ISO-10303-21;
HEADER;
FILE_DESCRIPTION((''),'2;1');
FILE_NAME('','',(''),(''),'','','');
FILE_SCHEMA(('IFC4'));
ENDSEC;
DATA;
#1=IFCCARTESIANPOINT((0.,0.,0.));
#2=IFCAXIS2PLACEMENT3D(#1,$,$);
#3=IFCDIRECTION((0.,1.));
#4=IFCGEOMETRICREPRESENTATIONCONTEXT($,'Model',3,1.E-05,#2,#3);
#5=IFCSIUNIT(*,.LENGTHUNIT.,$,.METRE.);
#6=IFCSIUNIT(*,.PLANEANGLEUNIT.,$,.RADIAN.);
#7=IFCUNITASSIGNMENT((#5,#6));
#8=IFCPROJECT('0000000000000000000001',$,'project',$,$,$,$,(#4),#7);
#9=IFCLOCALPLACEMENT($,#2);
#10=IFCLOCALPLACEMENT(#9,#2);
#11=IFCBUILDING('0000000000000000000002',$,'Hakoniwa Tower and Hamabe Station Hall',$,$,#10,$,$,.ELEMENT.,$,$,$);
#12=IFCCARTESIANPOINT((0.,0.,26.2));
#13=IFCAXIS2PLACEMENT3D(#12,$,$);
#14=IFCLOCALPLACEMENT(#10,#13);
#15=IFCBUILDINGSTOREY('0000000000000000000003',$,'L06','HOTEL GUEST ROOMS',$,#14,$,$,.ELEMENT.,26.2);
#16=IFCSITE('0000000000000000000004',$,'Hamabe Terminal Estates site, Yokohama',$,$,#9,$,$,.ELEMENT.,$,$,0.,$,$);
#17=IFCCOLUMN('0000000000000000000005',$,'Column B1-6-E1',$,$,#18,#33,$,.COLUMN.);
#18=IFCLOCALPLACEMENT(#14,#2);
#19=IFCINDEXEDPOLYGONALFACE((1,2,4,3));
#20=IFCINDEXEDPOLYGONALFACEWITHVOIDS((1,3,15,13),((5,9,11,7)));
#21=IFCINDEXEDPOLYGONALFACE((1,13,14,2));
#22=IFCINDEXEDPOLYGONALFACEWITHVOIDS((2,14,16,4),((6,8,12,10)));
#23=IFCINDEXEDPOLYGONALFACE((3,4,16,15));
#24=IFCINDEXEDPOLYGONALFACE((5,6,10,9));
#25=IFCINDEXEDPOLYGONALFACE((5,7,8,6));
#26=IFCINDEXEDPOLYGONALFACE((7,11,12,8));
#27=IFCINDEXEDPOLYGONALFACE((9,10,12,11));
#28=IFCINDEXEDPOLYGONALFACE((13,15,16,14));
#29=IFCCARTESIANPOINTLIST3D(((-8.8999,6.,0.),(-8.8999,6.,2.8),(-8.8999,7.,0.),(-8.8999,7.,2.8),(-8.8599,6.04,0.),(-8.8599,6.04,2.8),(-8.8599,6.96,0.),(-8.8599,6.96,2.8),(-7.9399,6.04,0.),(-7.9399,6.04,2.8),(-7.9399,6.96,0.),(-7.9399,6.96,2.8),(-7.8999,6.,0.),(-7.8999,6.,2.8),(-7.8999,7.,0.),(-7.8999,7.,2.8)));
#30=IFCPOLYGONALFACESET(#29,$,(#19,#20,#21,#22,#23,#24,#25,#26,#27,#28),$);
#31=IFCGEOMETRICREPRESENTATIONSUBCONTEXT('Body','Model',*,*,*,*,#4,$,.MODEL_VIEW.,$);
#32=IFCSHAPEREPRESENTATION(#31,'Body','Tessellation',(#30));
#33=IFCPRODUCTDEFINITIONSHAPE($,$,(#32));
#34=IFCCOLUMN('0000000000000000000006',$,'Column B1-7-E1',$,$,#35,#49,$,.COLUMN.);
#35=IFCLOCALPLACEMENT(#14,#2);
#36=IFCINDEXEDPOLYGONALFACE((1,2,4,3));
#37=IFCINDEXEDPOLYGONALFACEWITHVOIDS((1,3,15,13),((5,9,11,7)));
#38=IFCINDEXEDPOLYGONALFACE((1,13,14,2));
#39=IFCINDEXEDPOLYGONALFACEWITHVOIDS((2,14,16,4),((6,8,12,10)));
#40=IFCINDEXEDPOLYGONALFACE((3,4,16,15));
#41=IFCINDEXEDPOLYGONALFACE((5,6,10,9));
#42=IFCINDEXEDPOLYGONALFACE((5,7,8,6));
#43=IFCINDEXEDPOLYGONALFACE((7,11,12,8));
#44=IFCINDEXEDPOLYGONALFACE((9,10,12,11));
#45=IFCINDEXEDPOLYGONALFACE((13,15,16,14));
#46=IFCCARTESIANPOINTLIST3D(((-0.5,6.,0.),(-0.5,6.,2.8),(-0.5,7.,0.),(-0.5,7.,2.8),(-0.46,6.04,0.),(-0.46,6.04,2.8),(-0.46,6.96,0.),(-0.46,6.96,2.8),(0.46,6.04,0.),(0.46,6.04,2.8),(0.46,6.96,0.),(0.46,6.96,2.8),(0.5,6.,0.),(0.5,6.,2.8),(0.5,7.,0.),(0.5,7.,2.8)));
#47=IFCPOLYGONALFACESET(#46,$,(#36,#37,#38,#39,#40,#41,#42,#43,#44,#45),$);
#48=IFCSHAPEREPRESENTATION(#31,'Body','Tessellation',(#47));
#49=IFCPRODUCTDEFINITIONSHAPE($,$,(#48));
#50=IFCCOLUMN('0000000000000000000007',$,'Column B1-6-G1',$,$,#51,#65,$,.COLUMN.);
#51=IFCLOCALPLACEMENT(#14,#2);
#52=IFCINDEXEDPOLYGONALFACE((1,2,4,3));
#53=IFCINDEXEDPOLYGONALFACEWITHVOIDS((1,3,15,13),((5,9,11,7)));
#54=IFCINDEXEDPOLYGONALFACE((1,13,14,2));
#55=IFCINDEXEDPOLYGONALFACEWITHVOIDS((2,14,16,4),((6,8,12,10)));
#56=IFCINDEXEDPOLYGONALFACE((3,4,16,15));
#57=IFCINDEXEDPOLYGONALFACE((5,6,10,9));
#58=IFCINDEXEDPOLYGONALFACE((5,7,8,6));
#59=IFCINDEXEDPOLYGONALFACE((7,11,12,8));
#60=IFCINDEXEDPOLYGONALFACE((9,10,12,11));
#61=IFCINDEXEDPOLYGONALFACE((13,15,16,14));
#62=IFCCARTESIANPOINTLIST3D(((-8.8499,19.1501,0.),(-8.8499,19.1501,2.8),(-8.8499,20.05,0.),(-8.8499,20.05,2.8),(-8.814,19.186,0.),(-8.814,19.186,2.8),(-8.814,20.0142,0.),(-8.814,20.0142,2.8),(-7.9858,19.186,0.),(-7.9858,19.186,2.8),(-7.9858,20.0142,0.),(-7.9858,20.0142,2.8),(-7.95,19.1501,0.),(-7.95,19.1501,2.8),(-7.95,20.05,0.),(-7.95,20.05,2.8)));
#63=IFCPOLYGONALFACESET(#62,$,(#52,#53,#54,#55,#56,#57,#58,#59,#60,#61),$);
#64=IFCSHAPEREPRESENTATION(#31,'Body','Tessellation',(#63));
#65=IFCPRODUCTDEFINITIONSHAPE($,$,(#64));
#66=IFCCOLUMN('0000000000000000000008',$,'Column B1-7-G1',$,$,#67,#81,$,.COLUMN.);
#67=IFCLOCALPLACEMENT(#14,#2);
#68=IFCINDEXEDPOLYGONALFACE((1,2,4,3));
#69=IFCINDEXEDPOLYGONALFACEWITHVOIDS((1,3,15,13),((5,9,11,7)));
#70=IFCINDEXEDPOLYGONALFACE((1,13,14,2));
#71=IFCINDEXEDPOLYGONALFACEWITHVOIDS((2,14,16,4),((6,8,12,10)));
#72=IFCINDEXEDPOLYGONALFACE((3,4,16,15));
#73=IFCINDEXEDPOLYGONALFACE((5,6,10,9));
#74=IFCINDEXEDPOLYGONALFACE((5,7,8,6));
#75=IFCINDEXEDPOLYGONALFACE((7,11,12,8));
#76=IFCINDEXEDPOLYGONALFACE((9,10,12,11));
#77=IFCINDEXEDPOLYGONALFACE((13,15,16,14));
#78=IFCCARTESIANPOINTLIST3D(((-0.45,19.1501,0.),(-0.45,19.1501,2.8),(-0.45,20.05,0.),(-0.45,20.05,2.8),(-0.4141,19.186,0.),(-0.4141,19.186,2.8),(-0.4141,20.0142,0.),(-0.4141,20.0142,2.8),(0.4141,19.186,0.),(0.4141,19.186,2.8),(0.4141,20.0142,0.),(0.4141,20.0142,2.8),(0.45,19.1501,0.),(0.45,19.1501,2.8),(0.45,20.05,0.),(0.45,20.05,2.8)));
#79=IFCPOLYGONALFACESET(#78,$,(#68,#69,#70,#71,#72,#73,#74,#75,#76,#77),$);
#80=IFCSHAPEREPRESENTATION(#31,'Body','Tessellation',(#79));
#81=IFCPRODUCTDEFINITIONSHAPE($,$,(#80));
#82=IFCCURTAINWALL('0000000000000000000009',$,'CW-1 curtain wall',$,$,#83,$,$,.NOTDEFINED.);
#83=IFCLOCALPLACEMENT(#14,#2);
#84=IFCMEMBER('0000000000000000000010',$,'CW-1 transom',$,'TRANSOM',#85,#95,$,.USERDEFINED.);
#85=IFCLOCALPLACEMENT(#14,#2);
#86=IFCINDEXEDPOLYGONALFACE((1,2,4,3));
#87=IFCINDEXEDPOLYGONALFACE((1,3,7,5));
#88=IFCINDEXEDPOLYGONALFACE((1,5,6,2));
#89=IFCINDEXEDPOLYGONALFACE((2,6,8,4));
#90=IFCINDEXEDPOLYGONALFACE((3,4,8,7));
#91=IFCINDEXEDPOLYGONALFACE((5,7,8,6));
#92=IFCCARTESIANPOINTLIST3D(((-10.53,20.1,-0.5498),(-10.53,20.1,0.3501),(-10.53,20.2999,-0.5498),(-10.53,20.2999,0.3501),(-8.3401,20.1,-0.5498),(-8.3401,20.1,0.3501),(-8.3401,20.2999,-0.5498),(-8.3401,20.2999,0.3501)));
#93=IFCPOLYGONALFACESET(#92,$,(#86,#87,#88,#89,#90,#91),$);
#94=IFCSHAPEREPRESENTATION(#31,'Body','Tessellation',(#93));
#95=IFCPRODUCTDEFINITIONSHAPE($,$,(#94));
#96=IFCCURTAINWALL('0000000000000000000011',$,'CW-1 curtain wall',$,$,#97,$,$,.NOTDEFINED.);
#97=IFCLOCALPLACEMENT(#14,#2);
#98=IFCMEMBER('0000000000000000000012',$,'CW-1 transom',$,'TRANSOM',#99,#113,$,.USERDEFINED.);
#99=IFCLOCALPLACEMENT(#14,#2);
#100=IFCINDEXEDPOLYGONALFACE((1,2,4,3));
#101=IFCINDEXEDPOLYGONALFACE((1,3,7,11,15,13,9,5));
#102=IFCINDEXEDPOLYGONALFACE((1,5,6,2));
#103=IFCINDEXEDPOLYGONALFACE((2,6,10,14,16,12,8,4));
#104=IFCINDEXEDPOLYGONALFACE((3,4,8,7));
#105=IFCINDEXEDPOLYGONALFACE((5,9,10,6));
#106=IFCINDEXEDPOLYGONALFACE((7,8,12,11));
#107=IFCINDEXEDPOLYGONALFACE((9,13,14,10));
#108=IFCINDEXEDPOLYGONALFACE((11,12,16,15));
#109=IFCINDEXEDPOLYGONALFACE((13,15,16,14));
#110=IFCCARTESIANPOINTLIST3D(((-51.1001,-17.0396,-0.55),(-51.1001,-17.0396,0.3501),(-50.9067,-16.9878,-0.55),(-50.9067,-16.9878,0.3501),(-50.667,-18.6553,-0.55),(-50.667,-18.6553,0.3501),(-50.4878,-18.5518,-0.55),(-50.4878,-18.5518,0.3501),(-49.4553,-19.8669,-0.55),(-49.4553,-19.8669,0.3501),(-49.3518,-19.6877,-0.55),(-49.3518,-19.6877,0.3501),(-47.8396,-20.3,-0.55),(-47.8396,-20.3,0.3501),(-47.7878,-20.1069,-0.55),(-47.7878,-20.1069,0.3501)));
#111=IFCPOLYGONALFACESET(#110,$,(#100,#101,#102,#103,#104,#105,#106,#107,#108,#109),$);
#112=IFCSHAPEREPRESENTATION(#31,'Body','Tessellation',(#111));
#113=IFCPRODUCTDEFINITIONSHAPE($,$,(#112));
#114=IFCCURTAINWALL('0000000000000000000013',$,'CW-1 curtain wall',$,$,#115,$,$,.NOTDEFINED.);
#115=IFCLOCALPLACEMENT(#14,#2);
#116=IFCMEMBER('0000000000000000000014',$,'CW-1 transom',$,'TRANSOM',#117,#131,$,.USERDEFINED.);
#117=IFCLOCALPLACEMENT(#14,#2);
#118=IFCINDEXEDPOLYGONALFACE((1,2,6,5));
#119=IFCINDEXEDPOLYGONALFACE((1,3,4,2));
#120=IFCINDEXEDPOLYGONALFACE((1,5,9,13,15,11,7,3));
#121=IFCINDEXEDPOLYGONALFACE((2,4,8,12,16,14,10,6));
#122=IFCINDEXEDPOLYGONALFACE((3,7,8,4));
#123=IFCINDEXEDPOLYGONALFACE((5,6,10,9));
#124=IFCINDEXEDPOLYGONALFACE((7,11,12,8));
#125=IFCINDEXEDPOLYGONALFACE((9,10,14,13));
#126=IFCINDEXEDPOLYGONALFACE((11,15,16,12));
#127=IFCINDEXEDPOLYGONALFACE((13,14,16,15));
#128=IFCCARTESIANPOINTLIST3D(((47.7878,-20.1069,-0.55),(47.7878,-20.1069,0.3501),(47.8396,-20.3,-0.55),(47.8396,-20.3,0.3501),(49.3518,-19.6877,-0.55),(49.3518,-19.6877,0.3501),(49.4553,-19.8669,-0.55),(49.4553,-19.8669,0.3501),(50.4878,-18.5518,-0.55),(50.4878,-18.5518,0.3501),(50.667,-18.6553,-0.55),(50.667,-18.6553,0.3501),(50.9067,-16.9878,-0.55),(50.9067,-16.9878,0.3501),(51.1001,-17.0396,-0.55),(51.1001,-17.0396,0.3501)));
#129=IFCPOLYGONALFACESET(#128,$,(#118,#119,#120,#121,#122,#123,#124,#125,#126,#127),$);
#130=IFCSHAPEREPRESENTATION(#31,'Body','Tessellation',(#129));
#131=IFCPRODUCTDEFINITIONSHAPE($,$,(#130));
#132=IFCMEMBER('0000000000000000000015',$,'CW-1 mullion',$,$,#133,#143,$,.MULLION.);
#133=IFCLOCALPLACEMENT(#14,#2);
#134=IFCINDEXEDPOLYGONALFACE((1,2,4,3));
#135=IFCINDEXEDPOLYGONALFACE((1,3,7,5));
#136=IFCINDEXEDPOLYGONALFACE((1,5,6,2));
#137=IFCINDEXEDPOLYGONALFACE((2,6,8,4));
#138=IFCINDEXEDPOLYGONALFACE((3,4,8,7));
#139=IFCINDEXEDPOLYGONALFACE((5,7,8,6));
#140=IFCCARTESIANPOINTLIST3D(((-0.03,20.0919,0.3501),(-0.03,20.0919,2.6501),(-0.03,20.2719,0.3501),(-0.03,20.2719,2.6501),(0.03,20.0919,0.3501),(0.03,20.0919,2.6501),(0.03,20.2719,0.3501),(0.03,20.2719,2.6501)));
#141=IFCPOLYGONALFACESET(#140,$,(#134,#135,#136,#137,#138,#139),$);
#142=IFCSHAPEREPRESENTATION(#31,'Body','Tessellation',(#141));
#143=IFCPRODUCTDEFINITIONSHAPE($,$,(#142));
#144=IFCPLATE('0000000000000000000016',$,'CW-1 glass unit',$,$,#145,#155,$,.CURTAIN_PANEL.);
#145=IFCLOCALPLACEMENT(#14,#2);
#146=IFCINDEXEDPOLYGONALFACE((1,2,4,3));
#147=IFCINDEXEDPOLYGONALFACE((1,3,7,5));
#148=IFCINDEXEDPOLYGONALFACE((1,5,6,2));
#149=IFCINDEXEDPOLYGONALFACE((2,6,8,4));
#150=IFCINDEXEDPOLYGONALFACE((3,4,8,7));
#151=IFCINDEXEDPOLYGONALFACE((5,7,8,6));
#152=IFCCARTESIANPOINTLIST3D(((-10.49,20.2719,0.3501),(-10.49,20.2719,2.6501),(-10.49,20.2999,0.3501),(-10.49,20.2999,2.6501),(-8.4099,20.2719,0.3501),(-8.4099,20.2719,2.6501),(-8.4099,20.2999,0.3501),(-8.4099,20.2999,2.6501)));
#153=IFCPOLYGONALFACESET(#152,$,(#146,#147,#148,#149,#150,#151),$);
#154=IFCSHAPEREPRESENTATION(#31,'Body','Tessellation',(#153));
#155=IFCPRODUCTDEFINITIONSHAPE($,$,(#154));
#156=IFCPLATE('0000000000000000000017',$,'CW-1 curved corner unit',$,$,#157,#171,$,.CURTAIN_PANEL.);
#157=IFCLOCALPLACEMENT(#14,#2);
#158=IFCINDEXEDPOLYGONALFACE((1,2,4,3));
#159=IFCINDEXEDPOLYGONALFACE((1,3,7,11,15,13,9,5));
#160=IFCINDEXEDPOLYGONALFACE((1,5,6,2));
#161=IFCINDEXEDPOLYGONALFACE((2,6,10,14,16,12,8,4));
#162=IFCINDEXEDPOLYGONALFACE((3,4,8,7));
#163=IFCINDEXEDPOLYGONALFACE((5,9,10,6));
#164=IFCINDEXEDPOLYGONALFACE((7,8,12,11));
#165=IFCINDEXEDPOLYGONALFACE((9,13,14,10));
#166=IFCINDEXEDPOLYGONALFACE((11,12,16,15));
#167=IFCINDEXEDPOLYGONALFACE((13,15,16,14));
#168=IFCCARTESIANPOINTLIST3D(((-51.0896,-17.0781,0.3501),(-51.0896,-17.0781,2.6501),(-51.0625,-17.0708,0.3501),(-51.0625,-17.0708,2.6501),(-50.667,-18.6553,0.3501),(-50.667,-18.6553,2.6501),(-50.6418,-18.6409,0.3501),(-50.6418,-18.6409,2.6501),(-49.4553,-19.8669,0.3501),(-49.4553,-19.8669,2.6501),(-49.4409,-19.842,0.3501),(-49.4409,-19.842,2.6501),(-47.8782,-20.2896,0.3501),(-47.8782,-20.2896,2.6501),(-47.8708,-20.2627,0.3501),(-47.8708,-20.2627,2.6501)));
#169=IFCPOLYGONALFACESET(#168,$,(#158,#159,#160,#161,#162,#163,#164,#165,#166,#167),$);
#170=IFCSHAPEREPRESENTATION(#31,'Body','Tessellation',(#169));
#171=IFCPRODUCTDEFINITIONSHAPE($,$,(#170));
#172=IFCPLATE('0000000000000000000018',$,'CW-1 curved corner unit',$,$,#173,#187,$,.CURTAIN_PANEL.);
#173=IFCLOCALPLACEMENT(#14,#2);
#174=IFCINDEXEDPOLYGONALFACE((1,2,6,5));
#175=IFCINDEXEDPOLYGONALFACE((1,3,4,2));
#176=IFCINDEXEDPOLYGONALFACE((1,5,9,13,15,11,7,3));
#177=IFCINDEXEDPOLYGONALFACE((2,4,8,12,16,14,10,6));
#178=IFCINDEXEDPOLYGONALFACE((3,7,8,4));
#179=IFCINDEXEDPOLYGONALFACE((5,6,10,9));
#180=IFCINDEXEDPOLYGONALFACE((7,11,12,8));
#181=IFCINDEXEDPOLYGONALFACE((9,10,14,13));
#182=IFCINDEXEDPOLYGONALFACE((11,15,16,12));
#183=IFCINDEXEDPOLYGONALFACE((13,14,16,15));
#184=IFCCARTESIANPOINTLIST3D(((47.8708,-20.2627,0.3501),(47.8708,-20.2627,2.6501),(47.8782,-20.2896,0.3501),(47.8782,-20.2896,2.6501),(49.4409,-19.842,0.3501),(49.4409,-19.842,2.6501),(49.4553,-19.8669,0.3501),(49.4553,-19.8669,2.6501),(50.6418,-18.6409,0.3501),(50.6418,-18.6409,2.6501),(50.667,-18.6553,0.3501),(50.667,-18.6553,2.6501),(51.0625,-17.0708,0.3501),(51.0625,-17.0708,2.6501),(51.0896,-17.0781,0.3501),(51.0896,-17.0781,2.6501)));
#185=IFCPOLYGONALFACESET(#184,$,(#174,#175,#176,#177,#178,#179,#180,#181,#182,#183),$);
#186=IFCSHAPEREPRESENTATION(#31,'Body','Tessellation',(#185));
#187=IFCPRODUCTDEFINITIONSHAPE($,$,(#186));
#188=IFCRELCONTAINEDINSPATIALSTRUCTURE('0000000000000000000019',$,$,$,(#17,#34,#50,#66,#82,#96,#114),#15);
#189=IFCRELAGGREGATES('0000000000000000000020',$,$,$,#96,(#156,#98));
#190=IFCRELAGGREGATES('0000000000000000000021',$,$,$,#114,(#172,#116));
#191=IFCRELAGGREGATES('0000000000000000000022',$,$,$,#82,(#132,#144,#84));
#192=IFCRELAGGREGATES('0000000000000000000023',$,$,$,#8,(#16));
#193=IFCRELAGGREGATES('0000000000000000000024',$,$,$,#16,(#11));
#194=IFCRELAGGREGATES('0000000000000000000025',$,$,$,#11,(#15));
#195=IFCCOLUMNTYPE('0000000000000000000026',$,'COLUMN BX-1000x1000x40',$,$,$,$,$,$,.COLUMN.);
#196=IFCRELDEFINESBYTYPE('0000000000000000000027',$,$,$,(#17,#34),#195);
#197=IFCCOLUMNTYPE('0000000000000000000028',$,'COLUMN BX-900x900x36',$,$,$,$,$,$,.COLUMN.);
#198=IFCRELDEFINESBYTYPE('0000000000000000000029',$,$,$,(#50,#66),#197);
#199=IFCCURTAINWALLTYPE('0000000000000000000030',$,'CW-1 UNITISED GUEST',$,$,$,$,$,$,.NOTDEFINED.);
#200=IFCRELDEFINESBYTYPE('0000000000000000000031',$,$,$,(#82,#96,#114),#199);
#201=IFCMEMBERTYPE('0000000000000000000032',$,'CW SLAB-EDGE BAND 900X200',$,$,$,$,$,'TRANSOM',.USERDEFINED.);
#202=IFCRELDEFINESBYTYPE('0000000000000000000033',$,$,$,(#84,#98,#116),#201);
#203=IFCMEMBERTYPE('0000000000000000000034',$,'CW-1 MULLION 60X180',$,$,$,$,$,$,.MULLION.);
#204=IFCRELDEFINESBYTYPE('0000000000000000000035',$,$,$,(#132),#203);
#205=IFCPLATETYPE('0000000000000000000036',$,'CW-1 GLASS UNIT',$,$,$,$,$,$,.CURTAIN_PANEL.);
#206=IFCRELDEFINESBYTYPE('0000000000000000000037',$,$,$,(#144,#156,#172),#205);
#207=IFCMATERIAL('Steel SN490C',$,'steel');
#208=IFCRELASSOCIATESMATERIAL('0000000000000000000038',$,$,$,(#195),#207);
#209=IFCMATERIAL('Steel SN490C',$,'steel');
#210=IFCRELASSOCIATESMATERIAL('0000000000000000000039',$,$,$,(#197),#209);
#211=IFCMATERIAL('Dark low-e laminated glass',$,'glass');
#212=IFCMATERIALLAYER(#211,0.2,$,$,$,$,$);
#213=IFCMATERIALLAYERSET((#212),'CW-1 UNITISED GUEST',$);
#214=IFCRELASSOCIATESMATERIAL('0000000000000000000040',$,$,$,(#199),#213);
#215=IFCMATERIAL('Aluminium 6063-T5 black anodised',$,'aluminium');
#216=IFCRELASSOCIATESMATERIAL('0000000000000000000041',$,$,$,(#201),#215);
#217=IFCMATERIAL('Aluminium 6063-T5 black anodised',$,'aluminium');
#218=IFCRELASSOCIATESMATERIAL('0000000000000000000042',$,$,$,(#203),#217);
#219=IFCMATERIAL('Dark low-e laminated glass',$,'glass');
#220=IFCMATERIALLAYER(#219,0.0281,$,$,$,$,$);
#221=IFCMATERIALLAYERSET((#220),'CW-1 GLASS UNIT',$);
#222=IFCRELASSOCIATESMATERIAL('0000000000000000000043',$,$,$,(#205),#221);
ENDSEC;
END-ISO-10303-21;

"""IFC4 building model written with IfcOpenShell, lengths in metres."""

from ifc_helpers import new_model, si_unit, direction, frame, origin, origin_2d, place, context, subcontext, project, spatial, polyline, rectangle, hollow_rectangle, outline, extrude, material, layer, layer_set, material_profile, profile_set, type_object, element, aggregate, save


model = new_model("IFC4")

# Units and contexts
model_context = context("Model", 3, precision=1e-05, world=origin(), true_north=direction((0.0, 1.0)))
body_context = subcontext(model_context, "Body", "Model", "MODEL_VIEW")
ifc_project = project(units=[si_unit("LENGTHUNIT", "METRE"), si_unit("PLANEANGLEUNIT", "RADIAN")], contexts=[model_context])

# Site, building, storey
site_placement = place(None, origin())
site = spatial("IfcSite", under=ifc_project, at=site_placement, Name="Hamabe Terminal Estates site, Yokohama", CompositionType="ELEMENT", RefElevation=0.0)
building_placement = place(site_placement, origin())
building = spatial("IfcBuilding", under=site, at=building_placement, Name="Hakoniwa Tower and Hamabe Station Hall", CompositionType="ELEMENT")
storey_placement = place(building_placement, frame((0.0, 0.0, 26.2)))
storey = spatial("IfcBuildingStorey", under=building, at=storey_placement, Name="L06", Description="HOTEL GUEST ROOMS", CompositionType="ELEMENT", Elevation=26.2)

# Columns
ifc_material_1 = material(Name="Steel SN490C", Category="steel")
ifc_material_profile_1 = material_profile(ifc_material_1, hollow_rectangle(XDim=1.0, YDim=1.0, WallThickness=0.04, at=origin_2d()), Name="BX-1000x1000x40")
ifc_profile_set_1 = profile_set([ifc_material_profile_1], Name="Steel SN490C")
column_type_1 = type_object("IfcColumnType", Name="COLUMN BX-1000x1000x40", PredefinedType="COLUMN", material=ifc_profile_set_1)
for number, where, z_axis, x_axis, name in (
    (1, (-8.3999, 6.5, 0.0), (0.0, 0.0, 1.0), (1.0, 0.0, 0.0), "Column B1-6-E1"),
    (2, (0.0, 6.5, 0.0), (0.0, 0.0, 1.0), (1.0, 0.0, 0.0), "Column B1-7-E1"),
):
    element("IfcColumn", number, at=place(storey_placement, frame(where, z_axis=z_axis, x_axis=x_axis)), inside=storey, type_object=column_type_1, Name=name, PredefinedType="COLUMN", context=body_context, shape_type="SweptSolid", body=[
        extrude(hollow_rectangle(XDim=1.0, YDim=1.0, WallThickness=0.04, at=origin_2d()), origin(), (0.0, 0.0, 1.0), 2.8),
    ])
ifc_material_2 = material(Name="Steel SN490C", Category="steel")
ifc_material_profile_2 = material_profile(ifc_material_2, hollow_rectangle(XDim=0.8999, YDim=0.8999, WallThickness=0.0359, at=origin_2d()), Name="BX-900x900x36")
ifc_profile_set_2 = profile_set([ifc_material_profile_2], Name="Steel SN490C")
column_type_2 = type_object("IfcColumnType", Name="COLUMN BX-900x900x36", PredefinedType="COLUMN", material=ifc_profile_set_2)
for number, where, z_axis, x_axis, name in (
    (3, (-8.3999, 19.6001, 0.0), (0.0, 0.0, 1.0), (1.0, 0.0, 0.0), "Column B1-6-G1"),
    (4, (0.0, 19.6001, 0.0), (0.0, 0.0, 1.0), (1.0, 0.0, 0.0), "Column B1-7-G1"),
):
    element("IfcColumn", number, at=place(storey_placement, frame(where, z_axis=z_axis, x_axis=x_axis)), inside=storey, type_object=column_type_2, Name=name, PredefinedType="COLUMN", context=body_context, shape_type="SweptSolid", body=[
        extrude(hollow_rectangle(XDim=0.8999, YDim=0.8999, WallThickness=0.0359, at=origin_2d()), origin(), (0.0, 0.0, 1.0), 2.8),
    ])

# Curtain walls, members
ifc_material_3 = material(Name="Dark low-e laminated glass", Category="glass")
ifc_layer_1 = layer(ifc_material_3, 0.2)
ifc_layer_set_1 = layer_set([ifc_layer_1], Name="CW-1 UNITISED GUEST")
curtain_wall_type = type_object("IfcCurtainWallType", Name="CW-1 UNITISED GUEST", PredefinedType="NOTDEFINED", material=ifc_layer_set_1)
curtain_wall_1_placement = place(storey_placement, origin())
curtain_wall_1 = element("IfcCurtainWall", 5, at=curtain_wall_1_placement, inside=storey, type_object=curtain_wall_type, Name="CW-1 curtain wall", PredefinedType="NOTDEFINED")
ifc_material_4 = material(Name="Aluminium 6063-T5 black anodised", Category="aluminium")
ifc_material_profile_3 = material_profile(ifc_material_4, rectangle(XDim=0.2, YDim=0.8999, at=origin_2d()), Name="CW SLAB-EDGE BAND 900X200")
ifc_profile_set_3 = profile_set([ifc_material_profile_3], Name="Aluminium 6063-T5 black anodised")
member_type_1 = type_object("IfcMemberType", Name="CW SLAB-EDGE BAND 900X200", ElementType="TRANSOM", PredefinedType="USERDEFINED", material=ifc_profile_set_3)
member_1_placement = place(storey_placement, frame((-8.3401, 20.2, -0.0999), z_axis=(-1.0, 0.0, 0.0), x_axis=(0.0, -1.0, 0.0)))
member_1 = element("IfcMember", 6, at=member_1_placement, type_object=member_type_1, Name="CW-1 transom", ObjectType="TRANSOM", PredefinedType="USERDEFINED", context=body_context, shape_type="SweptSolid", body=[
    extrude(rectangle(XDim=0.2, YDim=0.8999, at=origin_2d()), origin(), (0.0, 0.0, 1.0), 2.1899),
])
curtain_wall_2_placement = place(storey_placement, origin())
curtain_wall_2 = element("IfcCurtainWall", 7, at=curtain_wall_2_placement, inside=storey, type_object=curtain_wall_type, Name="CW-1 curtain wall", PredefinedType="NOTDEFINED")
member_2_placement = place(storey_placement, frame((0.0, 0.0, -0.55)))
member_2 = element("IfcMember", 8, at=member_2_placement, type_object=member_type_1, Name="CW-1 transom", ObjectType="TRANSOM", PredefinedType="USERDEFINED", context=body_context, shape_type="SweptSolid", body=[
    extrude(outline(polyline([(-51.1001, -17.0396), (-50.667, -18.6553), (-49.4553, -19.8669), (-47.8396, -20.3), (-47.7878, -20.1069), (-49.3518, -19.6877), (-50.4878, -18.5518), (-50.9067, -16.9878), (-51.1001, -17.0396)])), origin(), (0.0, 0.0, 1.0), 0.9001),
])
curtain_wall_3_placement = place(storey_placement, origin())
curtain_wall_3 = element("IfcCurtainWall", 9, at=curtain_wall_3_placement, inside=storey, type_object=curtain_wall_type, Name="CW-1 curtain wall", PredefinedType="NOTDEFINED")
member_3_placement = place(storey_placement, frame((0.0, 0.0, -0.55)))
member_3 = element("IfcMember", 10, at=member_3_placement, type_object=member_type_1, Name="CW-1 transom", ObjectType="TRANSOM", PredefinedType="USERDEFINED", context=body_context, shape_type="SweptSolid", body=[
    extrude(outline(polyline([(47.8396, -20.3), (49.4553, -19.8669), (50.667, -18.6553), (51.1001, -17.0396), (50.9067, -16.9878), (50.4878, -18.5518), (49.3518, -19.6877), (47.7878, -20.1069), (47.8396, -20.3)])), origin(), (0.0, 0.0, 1.0), 0.9001),
])

# Member
ifc_material_5 = material(Name="Aluminium 6063-T5 black anodised", Category="aluminium")
ifc_material_profile_4 = material_profile(ifc_material_5, rectangle(XDim=0.0601, YDim=0.1799, at=origin_2d()), Name="CW-1 MULLION 60X180")
ifc_profile_set_4 = profile_set([ifc_material_profile_4], Name="Aluminium 6063-T5 black anodised")
member_type_2 = type_object("IfcMemberType", Name="CW-1 MULLION 60X180", PredefinedType="MULLION", material=ifc_profile_set_4)
member_4_placement = place(storey_placement, frame((0.0, 20.1819, 0.3501), z_axis=(0.0, 0.0, 1.0), x_axis=(-1.0, 0.0, 0.0)))
member_4 = element("IfcMember", 11, at=member_4_placement, type_object=member_type_2, Name="CW-1 mullion", PredefinedType="MULLION", context=body_context, shape_type="SweptSolid", body=[
    extrude(rectangle(XDim=0.0601, YDim=0.1799, at=origin_2d()), origin(), (0.0, 0.0, 1.0), 2.3),
])

# Plates
ifc_material_6 = material(Name="Dark low-e laminated glass", Category="glass")
ifc_layer_2 = layer(ifc_material_6, 0.0281)
ifc_layer_set_2 = layer_set([ifc_layer_2], Name="CW-1 GLASS UNIT")
plate_type = type_object("IfcPlateType", Name="CW-1 GLASS UNIT", PredefinedType="CURTAIN_PANEL", material=ifc_layer_set_2)
plate_1_placement = place(storey_placement, frame((-9.45, 20.2859, 0.3501), z_axis=(0.0, 0.0, 1.0), x_axis=(-1.0, 0.0, 0.0)))
plate_1 = element("IfcPlate", 12, at=plate_1_placement, type_object=plate_type, Name="CW-1 glass unit", PredefinedType="CURTAIN_PANEL", context=body_context, shape_type="SweptSolid", body=[
    extrude(rectangle(XDim=2.0801, YDim=0.0281, at=origin_2d()), origin(), (0.0, 0.0, 1.0), 2.3),
])
plate_2_placement = place(storey_placement, frame((0.0, 0.0, 0.3501)))
plate_2 = element("IfcPlate", 13, at=plate_2_placement, type_object=plate_type, Name="CW-1 curved corner unit", PredefinedType="CURTAIN_PANEL", context=body_context, shape_type="SweptSolid", body=[
    extrude(outline(polyline([(-51.0896, -17.0781), (-50.667, -18.6553), (-49.4553, -19.8669), (-47.8782, -20.2896), (-47.8708, -20.2627), (-49.4409, -19.842), (-50.6418, -18.6409), (-51.0625, -17.0708), (-51.0896, -17.0781)])), origin(), (0.0, 0.0, 1.0), 2.3),
])
aggregate(curtain_wall_2, [plate_2, member_2])
plate_3_placement = place(storey_placement, frame((0.0, 0.0, 0.3501)))
plate_3 = element("IfcPlate", 14, at=plate_3_placement, type_object=plate_type, Name="CW-1 curved corner unit", PredefinedType="CURTAIN_PANEL", context=body_context, shape_type="SweptSolid", body=[
    extrude(outline(polyline([(47.8782, -20.2896), (49.4553, -19.8669), (50.667, -18.6553), (51.0896, -17.0781), (51.0625, -17.0708), (50.6418, -18.6409), (49.4409, -19.842), (47.8708, -20.2627), (47.8782, -20.2896)])), origin(), (0.0, 0.0, 1.0), 2.3),
])
aggregate(curtain_wall_3, [plate_3, member_3])

aggregate(curtain_wall_1, [member_4, plate_1, member_1])

save(model, "model.ifc")
